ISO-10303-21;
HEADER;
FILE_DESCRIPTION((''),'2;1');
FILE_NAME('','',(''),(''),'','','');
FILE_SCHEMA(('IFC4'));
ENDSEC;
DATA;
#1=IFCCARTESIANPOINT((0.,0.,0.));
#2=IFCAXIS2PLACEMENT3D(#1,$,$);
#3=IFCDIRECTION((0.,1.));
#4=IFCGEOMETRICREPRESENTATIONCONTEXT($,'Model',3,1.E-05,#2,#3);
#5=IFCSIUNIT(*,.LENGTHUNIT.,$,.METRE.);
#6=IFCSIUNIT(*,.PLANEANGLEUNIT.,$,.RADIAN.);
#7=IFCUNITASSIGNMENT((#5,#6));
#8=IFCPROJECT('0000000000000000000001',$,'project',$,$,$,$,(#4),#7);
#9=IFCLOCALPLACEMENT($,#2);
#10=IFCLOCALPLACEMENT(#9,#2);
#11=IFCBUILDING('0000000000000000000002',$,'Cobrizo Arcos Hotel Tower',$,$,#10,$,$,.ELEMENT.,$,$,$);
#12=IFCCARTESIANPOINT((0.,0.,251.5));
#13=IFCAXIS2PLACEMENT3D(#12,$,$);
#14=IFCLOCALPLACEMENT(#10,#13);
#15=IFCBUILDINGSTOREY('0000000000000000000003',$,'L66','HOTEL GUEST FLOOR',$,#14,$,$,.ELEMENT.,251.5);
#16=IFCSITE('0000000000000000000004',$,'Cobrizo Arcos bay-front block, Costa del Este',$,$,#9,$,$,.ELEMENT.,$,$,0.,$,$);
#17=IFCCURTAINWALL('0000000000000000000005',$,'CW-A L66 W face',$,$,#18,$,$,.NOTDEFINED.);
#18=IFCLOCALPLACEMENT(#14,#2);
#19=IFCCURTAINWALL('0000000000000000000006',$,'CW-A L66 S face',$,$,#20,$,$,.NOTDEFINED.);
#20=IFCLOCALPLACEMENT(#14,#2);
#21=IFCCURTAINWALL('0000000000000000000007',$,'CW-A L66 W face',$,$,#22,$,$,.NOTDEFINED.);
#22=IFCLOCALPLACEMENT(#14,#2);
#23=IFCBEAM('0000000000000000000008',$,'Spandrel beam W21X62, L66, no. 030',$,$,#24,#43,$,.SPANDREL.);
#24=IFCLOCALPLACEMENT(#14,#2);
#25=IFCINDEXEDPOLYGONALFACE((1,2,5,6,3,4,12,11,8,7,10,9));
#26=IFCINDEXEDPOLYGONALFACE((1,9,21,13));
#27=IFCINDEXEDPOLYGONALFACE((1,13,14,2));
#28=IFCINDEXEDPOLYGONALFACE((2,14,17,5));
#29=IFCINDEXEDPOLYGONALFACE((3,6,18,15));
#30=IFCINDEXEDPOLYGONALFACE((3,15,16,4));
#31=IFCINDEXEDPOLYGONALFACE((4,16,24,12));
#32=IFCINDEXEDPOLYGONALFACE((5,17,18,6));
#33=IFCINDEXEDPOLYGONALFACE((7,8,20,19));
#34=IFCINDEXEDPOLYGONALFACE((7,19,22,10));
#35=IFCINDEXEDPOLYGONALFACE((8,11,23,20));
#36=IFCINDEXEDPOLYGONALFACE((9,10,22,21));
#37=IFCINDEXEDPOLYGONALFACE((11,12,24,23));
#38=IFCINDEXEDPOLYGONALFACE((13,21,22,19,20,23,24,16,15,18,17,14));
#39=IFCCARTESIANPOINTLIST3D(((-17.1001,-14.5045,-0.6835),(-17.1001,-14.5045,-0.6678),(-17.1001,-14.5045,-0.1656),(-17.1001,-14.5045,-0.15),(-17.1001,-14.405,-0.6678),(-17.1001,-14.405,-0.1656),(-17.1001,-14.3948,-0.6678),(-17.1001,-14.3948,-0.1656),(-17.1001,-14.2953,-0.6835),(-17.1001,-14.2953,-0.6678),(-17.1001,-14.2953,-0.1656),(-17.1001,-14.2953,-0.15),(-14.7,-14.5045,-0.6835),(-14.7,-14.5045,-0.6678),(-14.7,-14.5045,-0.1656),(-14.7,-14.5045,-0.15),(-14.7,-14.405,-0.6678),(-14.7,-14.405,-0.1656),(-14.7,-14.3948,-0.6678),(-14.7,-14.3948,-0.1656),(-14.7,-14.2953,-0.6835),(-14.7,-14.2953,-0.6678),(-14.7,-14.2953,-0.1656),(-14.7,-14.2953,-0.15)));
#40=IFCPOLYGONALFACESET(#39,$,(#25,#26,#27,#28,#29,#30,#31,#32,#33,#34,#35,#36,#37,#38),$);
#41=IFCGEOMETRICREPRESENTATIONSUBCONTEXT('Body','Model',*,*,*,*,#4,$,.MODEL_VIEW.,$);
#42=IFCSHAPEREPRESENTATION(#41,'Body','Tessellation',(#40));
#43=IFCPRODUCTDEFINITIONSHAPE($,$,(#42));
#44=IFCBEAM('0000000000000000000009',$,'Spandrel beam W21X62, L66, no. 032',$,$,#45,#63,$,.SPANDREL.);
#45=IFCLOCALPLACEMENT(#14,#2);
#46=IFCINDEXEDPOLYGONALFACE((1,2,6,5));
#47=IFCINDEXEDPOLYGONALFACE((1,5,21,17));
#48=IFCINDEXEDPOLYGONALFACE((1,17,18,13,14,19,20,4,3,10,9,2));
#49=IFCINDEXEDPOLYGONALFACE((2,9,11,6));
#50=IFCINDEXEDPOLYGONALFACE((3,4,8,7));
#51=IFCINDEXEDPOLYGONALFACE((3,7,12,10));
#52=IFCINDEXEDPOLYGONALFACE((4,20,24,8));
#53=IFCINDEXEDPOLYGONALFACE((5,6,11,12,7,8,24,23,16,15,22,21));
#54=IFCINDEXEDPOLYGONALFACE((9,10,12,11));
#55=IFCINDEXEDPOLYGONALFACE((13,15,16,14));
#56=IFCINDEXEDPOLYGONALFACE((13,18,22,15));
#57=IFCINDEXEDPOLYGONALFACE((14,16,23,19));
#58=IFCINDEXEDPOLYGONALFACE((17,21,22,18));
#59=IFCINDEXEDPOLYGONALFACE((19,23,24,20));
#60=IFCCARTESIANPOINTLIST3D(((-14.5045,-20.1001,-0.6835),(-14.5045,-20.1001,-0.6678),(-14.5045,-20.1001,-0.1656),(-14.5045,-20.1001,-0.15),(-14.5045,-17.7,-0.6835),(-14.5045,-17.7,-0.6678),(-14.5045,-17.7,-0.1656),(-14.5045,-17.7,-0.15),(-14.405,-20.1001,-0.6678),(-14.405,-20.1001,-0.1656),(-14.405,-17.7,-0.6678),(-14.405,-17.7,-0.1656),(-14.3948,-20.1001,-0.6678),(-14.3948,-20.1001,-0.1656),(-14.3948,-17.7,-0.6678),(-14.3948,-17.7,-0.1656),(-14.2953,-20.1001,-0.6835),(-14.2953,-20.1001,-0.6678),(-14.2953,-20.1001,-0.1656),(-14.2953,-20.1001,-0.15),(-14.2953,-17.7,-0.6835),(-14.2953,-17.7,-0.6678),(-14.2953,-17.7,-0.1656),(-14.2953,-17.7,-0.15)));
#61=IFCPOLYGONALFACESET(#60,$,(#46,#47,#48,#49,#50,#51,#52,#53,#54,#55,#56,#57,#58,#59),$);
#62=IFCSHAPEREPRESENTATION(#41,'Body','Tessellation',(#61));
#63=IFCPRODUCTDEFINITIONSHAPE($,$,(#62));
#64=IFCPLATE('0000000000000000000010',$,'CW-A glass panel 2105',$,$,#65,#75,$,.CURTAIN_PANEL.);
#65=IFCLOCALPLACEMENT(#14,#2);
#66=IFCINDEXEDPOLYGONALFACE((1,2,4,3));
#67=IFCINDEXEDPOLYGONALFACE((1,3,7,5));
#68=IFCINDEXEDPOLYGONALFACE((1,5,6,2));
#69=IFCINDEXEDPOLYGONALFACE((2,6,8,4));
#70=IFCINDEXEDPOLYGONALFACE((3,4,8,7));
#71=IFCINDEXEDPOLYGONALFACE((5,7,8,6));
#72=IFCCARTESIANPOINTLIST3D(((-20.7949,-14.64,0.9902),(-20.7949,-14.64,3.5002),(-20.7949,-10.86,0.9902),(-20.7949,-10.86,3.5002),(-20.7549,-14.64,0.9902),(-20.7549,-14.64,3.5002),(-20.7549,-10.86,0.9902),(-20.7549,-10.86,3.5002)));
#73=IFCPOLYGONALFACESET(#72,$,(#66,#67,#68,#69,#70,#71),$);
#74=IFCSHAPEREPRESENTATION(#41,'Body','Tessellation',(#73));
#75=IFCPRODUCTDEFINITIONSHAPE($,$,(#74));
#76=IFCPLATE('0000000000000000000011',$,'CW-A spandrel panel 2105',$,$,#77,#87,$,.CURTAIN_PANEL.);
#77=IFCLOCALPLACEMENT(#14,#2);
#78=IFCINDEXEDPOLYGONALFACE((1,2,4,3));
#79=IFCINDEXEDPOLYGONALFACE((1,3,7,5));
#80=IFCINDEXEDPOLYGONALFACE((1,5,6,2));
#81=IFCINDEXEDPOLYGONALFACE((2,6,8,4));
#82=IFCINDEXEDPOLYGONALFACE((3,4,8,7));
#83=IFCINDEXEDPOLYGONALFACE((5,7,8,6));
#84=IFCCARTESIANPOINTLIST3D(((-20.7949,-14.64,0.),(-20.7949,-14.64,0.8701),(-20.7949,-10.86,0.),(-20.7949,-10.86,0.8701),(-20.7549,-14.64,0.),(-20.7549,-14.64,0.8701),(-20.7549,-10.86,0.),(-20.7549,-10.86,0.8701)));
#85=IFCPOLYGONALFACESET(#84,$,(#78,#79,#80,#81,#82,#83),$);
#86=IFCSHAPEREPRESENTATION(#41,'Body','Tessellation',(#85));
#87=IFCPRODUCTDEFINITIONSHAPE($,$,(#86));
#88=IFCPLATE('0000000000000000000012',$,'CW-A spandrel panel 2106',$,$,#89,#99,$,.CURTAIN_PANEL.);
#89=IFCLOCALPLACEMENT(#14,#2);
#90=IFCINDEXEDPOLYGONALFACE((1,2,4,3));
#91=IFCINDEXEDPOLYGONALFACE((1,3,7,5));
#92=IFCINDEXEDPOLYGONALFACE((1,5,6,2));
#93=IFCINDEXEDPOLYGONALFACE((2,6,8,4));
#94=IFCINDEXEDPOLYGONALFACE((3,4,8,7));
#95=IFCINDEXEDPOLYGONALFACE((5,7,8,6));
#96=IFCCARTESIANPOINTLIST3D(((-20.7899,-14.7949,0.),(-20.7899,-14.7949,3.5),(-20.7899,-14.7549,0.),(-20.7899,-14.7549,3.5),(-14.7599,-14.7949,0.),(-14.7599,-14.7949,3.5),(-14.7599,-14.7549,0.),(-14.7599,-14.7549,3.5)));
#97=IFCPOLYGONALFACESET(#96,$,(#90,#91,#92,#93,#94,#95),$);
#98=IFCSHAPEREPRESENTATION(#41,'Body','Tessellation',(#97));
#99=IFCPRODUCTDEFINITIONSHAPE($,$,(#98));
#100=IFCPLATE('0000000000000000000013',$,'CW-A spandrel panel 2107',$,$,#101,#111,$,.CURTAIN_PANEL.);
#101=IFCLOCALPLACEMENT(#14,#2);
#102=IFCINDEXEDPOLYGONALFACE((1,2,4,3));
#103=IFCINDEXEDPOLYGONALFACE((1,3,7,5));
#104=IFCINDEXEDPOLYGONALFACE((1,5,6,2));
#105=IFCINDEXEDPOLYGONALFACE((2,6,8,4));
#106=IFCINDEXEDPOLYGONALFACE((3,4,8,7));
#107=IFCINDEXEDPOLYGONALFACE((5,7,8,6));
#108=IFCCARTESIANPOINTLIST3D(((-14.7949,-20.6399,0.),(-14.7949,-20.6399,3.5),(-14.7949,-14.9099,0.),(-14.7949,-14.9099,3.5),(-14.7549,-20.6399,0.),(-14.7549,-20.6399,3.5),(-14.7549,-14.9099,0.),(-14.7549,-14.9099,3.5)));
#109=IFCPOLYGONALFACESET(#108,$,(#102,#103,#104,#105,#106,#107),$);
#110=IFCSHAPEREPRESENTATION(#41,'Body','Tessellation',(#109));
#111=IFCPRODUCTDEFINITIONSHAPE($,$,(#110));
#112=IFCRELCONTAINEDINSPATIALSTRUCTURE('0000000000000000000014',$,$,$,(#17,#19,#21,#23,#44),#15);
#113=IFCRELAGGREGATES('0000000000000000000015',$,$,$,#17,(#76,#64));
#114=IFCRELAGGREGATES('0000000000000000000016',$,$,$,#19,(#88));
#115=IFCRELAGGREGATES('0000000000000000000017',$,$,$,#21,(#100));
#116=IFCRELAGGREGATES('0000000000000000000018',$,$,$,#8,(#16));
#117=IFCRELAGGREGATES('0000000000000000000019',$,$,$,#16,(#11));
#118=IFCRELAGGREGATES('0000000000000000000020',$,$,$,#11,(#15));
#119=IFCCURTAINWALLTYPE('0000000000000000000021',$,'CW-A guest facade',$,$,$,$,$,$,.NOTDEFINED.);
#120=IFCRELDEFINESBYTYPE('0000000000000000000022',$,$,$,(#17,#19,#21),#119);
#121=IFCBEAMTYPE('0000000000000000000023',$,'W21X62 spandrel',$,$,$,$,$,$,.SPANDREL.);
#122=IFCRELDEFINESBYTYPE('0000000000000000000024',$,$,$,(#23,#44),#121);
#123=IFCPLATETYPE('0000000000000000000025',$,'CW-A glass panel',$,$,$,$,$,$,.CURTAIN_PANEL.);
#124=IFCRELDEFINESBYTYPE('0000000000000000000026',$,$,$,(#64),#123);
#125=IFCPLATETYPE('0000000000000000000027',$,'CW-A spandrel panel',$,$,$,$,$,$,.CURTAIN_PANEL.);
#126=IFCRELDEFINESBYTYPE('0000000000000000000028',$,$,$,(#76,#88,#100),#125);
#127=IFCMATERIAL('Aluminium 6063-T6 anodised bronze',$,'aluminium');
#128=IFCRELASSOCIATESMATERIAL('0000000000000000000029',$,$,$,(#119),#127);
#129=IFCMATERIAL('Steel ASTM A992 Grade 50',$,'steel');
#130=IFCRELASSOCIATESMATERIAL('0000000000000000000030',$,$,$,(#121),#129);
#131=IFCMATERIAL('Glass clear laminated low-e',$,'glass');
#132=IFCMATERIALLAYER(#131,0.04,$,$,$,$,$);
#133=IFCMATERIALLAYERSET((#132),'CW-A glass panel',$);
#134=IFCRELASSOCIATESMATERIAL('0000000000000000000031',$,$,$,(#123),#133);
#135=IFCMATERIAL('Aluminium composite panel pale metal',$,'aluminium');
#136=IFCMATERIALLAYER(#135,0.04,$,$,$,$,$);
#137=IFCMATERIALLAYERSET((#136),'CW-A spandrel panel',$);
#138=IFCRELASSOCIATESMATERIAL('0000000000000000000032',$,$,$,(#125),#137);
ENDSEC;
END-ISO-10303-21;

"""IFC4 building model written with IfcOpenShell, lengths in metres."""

from ifc_helpers import new_model, si_unit, direction, frame, origin, origin_2d, place, context, subcontext, project, spatial, rectangle, i_section, extrude, material, layer, layer_set, material_profile, profile_set, type_object, element, aggregate, save


model = new_model("IFC4")

# Units and contexts
model_context = context("Model", 3, precision=1e-05, world=origin(), true_north=direction((0.0, 1.0)))
body_context = subcontext(model_context, "Body", "Model", "MODEL_VIEW")
ifc_project = project(units=[si_unit("LENGTHUNIT", "METRE"), si_unit("PLANEANGLEUNIT", "RADIAN")], contexts=[model_context])

# Site, building, storey
site_placement = place(None, origin())
site = spatial("IfcSite", under=ifc_project, at=site_placement, Name="Cobrizo Arcos bay-front block, Costa del Este", CompositionType="ELEMENT", RefElevation=0.0)
building_placement = place(site_placement, origin())
building = spatial("IfcBuilding", under=site, at=building_placement, Name="Cobrizo Arcos Hotel Tower", CompositionType="ELEMENT")
storey_placement = place(building_placement, frame((0.0, 0.0, 251.5)))
storey = spatial("IfcBuildingStorey", under=building, at=storey_placement, Name="L66", Description="HOTEL GUEST FLOOR", CompositionType="ELEMENT", Elevation=251.5)

# Curtain wall
ifc_material_1 = material(Name="Aluminium 6063-T6 anodised bronze", Category="aluminium")
curtain_wall_type = type_object("IfcCurtainWallType", Name="CW-A guest facade", PredefinedType="NOTDEFINED", material=ifc_material_1)
curtain_wall_1_placement = place(storey_placement, origin())
curtain_wall_1 = element("IfcCurtainWall", 1, at=curtain_wall_1_placement, inside=storey, type_object=curtain_wall_type, Name="CW-A L66 W face", PredefinedType="NOTDEFINED")

# Curtain walls
curtain_wall_2_placement = place(storey_placement, origin())
curtain_wall_2 = element("IfcCurtainWall", 2, at=curtain_wall_2_placement, inside=storey, type_object=curtain_wall_type, Name="CW-A L66 S face", PredefinedType="NOTDEFINED")
curtain_wall_3_placement = place(storey_placement, origin())
curtain_wall_3 = element("IfcCurtainWall", 3, at=curtain_wall_3_placement, inside=storey, type_object=curtain_wall_type, Name="CW-A L66 W face", PredefinedType="NOTDEFINED")

# Beams
ifc_material_2 = material(Name="Steel ASTM A992 Grade 50", Category="steel")
ifc_material_profile_1 = material_profile(ifc_material_2, i_section(OverallWidth=0.2092, OverallDepth=0.5334, WebThickness=0.0103, FlangeThickness=0.0156, at=origin_2d()), Name="W21X62")
ifc_profile_set_1 = profile_set([ifc_material_profile_1], Name="Steel ASTM A992 Grade 50")
beam_type_1 = type_object("IfcBeamType", Name="W21X62 spandrel", PredefinedType="SPANDREL", material=ifc_profile_set_1)
for number, where, z_axis, x_axis, name in (
    (4, (-17.1001, -14.3999, -0.4167), (1.0, 0.0, 0.0), (0.0, 1.0, 0.0), "Spandrel beam W21X62, L66, no. 030"),
    (5, (-14.3999, -17.7, -0.4167), (0.0, -1.0, 0.0), (1.0, 0.0, 0.0), "Spandrel beam W21X62, L66, no. 032"),
):
    element("IfcBeam", number, at=place(storey_placement, frame(where, z_axis=z_axis, x_axis=x_axis)), inside=storey, type_object=beam_type_1, Name=name, PredefinedType="SPANDREL", context=body_context, shape_type="SweptSolid", body=[
        extrude(i_section(OverallWidth=0.2092, OverallDepth=0.5334, WebThickness=0.0103, FlangeThickness=0.0156, at=origin_2d()), origin(), (0.0, 0.0, 1.0), 2.4001),
    ])

# Plates
ifc_material_3 = material(Name="Glass clear laminated low-e", Category="glass")
ifc_layer_1 = layer(ifc_material_3, 0.04)
ifc_layer_set_1 = layer_set([ifc_layer_1], Name="CW-A glass panel")
plate_type_1 = type_object("IfcPlateType", Name="CW-A glass panel", PredefinedType="CURTAIN_PANEL", material=ifc_layer_set_1)
plate_1_placement = place(storey_placement, frame((-20.7749, -12.75, 0.9902), z_axis=(0.0, 0.0, 1.0), x_axis=(0.0, -1.0, 0.0)))
plate_1 = element("IfcPlate", 6, at=plate_1_placement, type_object=plate_type_1, Name="CW-A glass panel 2105", PredefinedType="CURTAIN_PANEL", context=body_context, shape_type="SweptSolid", body=[
    extrude(rectangle(XDim=3.78, YDim=0.04, at=origin_2d()), origin(), (0.0, 0.0, 1.0), 2.51),
])
ifc_material_4 = material(Name="Aluminium composite panel pale metal", Category="aluminium")
ifc_layer_2 = layer(ifc_material_4, 0.04)
ifc_layer_set_2 = layer_set([ifc_layer_2], Name="CW-A spandrel panel")
plate_type_2 = type_object("IfcPlateType", Name="CW-A spandrel panel", PredefinedType="CURTAIN_PANEL", material=ifc_layer_set_2)
plate_2_placement = place(storey_placement, frame((-20.7749, -12.75, 0.0), z_axis=(0.0, 0.0, 1.0), x_axis=(0.0, -1.0, 0.0)))
plate_2 = element("IfcPlate", 7, at=plate_2_placement, type_object=plate_type_2, Name="CW-A spandrel panel 2105", PredefinedType="CURTAIN_PANEL", context=body_context, shape_type="SweptSolid", body=[
    extrude(rectangle(XDim=3.78, YDim=0.04, at=origin_2d()), origin(), (0.0, 0.0, 1.0), 0.8701),
])
aggregate(curtain_wall_1, [plate_2, plate_1])
plate_3_placement = place(storey_placement, frame((-17.7749, -14.7749, 0.0), z_axis=(0.0, 0.0, 1.0), x_axis=(1.0, 0.0, 0.0)))
plate_3 = element("IfcPlate", 8, at=plate_3_placement, type_object=plate_type_2, Name="CW-A spandrel panel 2106", PredefinedType="CURTAIN_PANEL", context=body_context, shape_type="SweptSolid", body=[
    extrude(rectangle(XDim=6.03, YDim=0.04, at=origin_2d()), origin(), (0.0, 0.0, 1.0), 3.5),
])
aggregate(curtain_wall_2, [plate_3])
plate_4_placement = place(storey_placement, frame((-14.7749, -17.7749, 0.0), z_axis=(0.0, 0.0, 1.0), x_axis=(0.0, -1.0, 0.0)))
plate_4 = element("IfcPlate", 9, at=plate_4_placement, type_object=plate_type_2, Name="CW-A spandrel panel 2107", PredefinedType="CURTAIN_PANEL", context=body_context, shape_type="SweptSolid", body=[
    extrude(rectangle(XDim=5.73, YDim=0.04, at=origin_2d()), origin(), (0.0, 0.0, 1.0), 3.5),
])
aggregate(curtain_wall_3, [plate_4])

save(model, "model.ifc")
